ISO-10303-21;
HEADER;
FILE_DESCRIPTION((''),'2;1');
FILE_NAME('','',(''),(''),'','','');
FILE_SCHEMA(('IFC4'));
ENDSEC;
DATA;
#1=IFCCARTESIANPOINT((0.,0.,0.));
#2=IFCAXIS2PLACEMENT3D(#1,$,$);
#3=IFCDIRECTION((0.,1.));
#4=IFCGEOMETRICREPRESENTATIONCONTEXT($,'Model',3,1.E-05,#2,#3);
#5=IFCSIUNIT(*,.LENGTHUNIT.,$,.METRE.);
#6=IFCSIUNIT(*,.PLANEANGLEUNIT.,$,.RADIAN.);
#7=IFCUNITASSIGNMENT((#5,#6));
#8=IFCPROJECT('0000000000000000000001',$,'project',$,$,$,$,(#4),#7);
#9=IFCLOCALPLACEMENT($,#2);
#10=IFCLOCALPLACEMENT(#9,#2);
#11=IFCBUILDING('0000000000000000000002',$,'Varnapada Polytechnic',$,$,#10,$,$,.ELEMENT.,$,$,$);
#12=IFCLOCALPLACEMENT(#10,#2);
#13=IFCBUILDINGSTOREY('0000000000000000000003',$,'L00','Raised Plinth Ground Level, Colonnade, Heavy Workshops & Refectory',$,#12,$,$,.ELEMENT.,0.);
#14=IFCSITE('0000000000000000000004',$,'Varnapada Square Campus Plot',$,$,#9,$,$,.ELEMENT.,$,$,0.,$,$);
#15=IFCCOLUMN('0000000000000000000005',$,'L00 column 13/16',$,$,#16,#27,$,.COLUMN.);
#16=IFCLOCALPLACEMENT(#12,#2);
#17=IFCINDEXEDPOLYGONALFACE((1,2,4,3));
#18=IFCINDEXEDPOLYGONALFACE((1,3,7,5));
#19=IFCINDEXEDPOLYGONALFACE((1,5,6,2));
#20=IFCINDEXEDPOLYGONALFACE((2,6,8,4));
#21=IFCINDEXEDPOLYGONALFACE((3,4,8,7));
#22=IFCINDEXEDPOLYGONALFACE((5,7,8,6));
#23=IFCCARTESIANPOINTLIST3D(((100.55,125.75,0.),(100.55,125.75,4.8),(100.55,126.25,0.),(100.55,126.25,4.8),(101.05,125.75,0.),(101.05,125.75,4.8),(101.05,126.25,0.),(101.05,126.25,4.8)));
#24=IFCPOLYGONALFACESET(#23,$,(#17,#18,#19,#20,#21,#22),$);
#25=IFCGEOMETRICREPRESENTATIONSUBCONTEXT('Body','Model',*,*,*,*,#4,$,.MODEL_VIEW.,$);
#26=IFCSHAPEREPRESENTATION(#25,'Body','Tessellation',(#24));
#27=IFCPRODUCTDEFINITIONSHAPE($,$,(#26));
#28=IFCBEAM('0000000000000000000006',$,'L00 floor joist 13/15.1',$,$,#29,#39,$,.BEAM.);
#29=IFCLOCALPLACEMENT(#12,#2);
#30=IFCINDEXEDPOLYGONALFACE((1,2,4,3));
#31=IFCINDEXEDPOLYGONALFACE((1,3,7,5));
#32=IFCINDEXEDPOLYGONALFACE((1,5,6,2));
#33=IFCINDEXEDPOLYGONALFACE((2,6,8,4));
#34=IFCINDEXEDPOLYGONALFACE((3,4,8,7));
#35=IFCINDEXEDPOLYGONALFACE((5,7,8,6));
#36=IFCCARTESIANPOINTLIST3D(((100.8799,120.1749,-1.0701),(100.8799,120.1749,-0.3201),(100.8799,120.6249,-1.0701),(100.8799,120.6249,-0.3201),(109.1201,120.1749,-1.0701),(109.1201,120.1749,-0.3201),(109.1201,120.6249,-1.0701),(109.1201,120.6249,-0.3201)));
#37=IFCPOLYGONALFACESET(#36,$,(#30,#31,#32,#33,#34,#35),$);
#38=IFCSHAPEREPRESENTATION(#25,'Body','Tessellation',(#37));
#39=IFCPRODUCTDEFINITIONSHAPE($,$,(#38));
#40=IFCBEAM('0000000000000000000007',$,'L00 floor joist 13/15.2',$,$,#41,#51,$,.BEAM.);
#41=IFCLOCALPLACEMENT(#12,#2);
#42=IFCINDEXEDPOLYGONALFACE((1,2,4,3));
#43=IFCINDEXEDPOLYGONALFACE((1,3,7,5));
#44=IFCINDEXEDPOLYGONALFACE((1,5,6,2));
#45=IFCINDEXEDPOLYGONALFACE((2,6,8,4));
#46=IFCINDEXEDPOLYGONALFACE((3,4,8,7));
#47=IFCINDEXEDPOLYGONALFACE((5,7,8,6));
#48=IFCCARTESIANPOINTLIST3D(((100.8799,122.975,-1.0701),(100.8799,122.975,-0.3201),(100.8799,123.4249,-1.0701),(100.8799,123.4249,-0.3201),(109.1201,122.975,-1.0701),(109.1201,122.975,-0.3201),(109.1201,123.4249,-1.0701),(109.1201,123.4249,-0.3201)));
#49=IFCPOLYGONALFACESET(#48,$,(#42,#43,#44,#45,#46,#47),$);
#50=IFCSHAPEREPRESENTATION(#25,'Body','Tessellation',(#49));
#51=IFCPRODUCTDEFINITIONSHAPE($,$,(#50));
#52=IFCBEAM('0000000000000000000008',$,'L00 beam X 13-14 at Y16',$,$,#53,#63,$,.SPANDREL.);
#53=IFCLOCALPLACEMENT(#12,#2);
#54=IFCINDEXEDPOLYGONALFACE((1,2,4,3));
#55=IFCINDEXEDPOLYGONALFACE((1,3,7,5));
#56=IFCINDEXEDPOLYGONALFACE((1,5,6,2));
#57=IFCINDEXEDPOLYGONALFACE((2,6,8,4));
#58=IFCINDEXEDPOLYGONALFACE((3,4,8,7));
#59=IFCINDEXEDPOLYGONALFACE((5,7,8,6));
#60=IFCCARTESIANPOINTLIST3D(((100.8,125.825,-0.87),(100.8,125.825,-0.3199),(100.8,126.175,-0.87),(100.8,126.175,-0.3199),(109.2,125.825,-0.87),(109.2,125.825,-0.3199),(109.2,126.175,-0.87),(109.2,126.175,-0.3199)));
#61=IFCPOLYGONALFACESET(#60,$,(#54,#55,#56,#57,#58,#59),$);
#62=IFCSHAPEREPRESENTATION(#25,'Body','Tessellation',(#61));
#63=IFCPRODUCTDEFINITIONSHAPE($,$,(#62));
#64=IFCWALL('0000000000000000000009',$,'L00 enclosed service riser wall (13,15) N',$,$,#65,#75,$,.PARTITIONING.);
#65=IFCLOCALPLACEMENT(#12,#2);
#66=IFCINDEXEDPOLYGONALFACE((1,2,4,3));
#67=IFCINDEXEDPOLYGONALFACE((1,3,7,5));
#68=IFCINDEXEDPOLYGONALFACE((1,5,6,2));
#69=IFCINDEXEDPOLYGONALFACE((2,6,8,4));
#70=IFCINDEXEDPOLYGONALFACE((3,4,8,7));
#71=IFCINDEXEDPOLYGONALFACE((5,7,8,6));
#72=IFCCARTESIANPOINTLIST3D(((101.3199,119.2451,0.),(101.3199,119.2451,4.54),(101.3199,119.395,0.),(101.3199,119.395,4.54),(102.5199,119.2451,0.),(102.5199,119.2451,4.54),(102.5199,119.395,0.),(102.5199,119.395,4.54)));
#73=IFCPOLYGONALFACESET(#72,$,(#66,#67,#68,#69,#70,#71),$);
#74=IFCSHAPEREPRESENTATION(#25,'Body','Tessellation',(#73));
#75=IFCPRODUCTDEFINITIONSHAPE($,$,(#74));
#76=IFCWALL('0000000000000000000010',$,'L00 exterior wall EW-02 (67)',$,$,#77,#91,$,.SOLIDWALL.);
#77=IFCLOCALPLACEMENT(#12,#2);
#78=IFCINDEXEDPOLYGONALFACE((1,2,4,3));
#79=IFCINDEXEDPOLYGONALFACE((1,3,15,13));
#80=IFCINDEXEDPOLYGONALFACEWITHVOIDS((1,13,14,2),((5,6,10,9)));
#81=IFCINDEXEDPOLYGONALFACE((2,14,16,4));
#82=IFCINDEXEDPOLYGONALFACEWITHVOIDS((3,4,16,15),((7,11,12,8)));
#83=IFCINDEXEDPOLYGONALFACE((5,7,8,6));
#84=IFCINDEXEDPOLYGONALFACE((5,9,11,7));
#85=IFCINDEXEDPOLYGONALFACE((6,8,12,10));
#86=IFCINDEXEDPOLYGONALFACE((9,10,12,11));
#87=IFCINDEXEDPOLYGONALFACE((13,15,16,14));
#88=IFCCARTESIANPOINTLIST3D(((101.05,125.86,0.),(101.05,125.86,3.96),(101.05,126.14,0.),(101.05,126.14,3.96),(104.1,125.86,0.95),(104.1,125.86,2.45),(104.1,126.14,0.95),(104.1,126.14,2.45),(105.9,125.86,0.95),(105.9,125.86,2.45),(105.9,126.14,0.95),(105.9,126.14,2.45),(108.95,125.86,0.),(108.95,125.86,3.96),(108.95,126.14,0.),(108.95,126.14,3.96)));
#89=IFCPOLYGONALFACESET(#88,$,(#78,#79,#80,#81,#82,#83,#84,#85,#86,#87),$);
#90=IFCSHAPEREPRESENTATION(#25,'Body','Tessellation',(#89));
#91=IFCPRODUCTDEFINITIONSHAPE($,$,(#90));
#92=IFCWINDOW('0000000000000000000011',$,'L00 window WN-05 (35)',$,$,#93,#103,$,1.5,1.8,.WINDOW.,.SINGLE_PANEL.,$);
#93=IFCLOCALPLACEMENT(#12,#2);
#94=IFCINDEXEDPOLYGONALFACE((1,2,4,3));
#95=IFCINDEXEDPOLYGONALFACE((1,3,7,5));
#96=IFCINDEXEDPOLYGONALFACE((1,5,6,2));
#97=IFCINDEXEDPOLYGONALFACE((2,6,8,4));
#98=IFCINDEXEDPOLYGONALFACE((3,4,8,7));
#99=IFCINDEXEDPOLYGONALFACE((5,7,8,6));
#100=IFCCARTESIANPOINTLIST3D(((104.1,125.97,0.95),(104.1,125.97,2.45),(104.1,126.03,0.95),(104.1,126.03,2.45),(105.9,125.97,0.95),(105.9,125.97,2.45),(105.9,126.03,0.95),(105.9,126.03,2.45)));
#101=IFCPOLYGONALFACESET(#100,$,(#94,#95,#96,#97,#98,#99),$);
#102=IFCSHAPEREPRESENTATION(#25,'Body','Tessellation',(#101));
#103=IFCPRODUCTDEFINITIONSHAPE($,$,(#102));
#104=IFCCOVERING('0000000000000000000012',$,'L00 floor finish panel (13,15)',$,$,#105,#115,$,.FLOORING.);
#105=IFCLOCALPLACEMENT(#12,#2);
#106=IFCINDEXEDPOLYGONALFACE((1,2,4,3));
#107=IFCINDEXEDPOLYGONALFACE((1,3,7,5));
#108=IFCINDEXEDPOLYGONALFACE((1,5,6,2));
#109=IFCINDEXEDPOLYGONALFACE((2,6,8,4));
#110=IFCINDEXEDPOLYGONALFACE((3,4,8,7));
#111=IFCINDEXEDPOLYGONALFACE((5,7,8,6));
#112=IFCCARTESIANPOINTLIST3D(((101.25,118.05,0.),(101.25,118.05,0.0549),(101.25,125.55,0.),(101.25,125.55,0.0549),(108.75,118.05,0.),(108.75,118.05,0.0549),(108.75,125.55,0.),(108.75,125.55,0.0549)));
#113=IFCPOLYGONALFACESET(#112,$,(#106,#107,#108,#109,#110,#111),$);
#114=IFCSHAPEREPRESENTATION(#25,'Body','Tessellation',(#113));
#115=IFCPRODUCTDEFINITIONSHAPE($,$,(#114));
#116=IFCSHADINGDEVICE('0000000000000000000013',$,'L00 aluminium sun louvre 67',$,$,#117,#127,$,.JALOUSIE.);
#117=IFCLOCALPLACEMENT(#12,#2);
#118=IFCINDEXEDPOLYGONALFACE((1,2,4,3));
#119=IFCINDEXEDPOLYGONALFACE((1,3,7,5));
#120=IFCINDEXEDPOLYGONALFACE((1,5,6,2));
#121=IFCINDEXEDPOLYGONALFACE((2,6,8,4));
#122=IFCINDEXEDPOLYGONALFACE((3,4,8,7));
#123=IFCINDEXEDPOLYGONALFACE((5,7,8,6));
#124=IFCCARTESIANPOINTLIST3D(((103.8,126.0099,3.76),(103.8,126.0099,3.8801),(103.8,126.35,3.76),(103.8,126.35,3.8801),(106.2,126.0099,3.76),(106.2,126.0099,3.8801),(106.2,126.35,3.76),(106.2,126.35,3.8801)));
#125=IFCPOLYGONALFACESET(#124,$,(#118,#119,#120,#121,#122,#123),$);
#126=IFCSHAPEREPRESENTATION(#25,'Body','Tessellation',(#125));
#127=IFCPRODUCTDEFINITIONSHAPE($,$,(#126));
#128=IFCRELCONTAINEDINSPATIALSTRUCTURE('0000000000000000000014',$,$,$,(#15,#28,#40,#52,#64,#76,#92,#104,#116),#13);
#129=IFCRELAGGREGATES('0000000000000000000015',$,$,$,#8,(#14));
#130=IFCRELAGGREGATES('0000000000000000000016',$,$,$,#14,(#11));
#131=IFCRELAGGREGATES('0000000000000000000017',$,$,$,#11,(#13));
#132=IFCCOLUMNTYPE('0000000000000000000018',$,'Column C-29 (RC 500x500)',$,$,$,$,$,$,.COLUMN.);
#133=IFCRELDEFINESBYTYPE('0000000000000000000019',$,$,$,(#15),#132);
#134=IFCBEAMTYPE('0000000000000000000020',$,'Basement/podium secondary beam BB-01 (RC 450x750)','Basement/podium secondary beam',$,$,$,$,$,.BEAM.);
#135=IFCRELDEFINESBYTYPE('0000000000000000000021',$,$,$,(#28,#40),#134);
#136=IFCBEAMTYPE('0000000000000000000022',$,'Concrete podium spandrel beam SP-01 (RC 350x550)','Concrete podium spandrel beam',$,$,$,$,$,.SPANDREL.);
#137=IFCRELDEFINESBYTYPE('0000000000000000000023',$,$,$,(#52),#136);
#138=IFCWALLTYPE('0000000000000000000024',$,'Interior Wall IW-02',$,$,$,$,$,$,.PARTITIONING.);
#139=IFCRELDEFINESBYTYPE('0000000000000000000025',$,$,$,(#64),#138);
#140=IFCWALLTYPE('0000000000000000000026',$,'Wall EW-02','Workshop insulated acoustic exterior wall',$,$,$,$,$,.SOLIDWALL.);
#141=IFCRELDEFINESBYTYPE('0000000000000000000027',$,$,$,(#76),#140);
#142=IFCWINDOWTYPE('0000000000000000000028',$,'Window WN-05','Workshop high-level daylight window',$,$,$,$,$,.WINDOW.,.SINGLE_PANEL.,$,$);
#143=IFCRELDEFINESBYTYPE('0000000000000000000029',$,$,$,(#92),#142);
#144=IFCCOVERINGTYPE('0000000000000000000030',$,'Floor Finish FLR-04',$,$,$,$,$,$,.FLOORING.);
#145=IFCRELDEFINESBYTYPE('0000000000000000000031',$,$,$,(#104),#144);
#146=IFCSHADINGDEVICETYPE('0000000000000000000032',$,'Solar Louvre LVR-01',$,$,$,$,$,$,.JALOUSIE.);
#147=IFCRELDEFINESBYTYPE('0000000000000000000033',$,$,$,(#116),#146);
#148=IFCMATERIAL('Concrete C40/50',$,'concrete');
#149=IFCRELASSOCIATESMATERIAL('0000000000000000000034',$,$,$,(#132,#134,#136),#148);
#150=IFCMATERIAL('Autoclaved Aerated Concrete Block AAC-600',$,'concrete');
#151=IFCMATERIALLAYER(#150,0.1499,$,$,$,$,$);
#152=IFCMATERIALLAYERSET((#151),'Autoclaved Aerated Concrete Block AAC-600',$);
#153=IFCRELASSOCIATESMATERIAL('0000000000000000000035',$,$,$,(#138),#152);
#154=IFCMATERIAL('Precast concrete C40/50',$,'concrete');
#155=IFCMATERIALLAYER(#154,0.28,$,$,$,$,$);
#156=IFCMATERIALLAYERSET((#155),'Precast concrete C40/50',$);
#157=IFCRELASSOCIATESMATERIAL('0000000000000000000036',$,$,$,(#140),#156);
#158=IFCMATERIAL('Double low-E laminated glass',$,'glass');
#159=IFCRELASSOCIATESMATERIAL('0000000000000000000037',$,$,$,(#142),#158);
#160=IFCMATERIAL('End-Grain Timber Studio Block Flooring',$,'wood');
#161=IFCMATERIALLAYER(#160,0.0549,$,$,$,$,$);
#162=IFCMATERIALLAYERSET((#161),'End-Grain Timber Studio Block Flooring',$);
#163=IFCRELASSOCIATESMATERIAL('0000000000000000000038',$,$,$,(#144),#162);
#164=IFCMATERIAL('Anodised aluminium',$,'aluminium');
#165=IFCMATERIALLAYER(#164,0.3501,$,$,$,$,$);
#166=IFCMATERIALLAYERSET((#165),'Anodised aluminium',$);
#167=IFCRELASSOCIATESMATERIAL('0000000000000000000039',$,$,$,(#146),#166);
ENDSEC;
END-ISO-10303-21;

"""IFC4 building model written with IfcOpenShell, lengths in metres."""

from ifc_helpers import new_model, si_unit, direction, frame, frame_2d, origin, origin_2d, place, context, subcontext, project, spatial, rectangle, extrude, material, layer, layer_set, material_profile, profile_set, type_object, element, fill, save


model = new_model("IFC4")

# Units and contexts
model_context = context("Model", 3, precision=1e-05, world=origin(), true_north=direction((0.0, 1.0)))
body_context = subcontext(model_context, "Body", "Model", "MODEL_VIEW")
ifc_project = project(units=[si_unit("LENGTHUNIT", "METRE"), si_unit("PLANEANGLEUNIT", "RADIAN")], contexts=[model_context])

# Site, building, storey
site_placement = place(None, origin())
site = spatial("IfcSite", under=ifc_project, at=site_placement, Name="Varnapada Square Campus Plot", CompositionType="ELEMENT", RefElevation=0.0)
building_placement = place(site_placement, origin())
building = spatial("IfcBuilding", under=site, at=building_placement, Name="Varnapada Polytechnic", CompositionType="ELEMENT")
storey_placement = place(building_placement, origin())
storey = spatial("IfcBuildingStorey", under=building, at=storey_placement, Name="L00", Description="Raised Plinth Ground Level, Colonnade, Heavy Workshops & Refectory", CompositionType="ELEMENT", Elevation=0.0)

# Column
ifc_material_1 = material(Name="Concrete C40/50", Category="concrete")
ifc_material_profile_1 = material_profile(ifc_material_1, rectangle(XDim=0.5, YDim=0.5, at=origin_2d()), Name="RC 500x500")
ifc_profile_set_1 = profile_set([ifc_material_profile_1], Name="Concrete C40/50")
column_type = type_object("IfcColumnType", Name="Column C-29 (RC 500x500)", PredefinedType="COLUMN", material=ifc_profile_set_1)
column_placement = place(storey_placement, frame((100.8, 126.0, 0.0), z_axis=(0.0, 0.0, 1.0), x_axis=(1.0, 0.0, 0.0)))
element("IfcColumn", 1, at=column_placement, inside=storey, type_object=column_type, Name="L00 column 13/16", PredefinedType="COLUMN", context=body_context, shape_type="SweptSolid", body=[
    extrude(rectangle(XDim=0.5, YDim=0.5, at=origin_2d()), origin(), (0.0, 0.0, 1.0), 4.8),
])

# Beams
ifc_material_profile_2 = material_profile(ifc_material_1, rectangle(XDim=0.45, YDim=0.75, at=origin_2d()), Name="RC 450x750")
ifc_profile_set_2 = profile_set([ifc_material_profile_2], Name="Concrete C40/50")
beam_type_1 = type_object("IfcBeamType", Name="Basement/podium secondary beam BB-01 (RC 450x750)", Description="Basement/podium secondary beam", PredefinedType="BEAM", material=ifc_profile_set_2)
for number, where, z_axis, x_axis, name in (
    (2, (100.8799, 120.3999, -0.6951), (1.0, 0.0, 0.0), (0.0, 1.0, 0.0), "L00 floor joist 13/15.1"),
    (3, (100.8799, 123.2, -0.6951), (1.0, 0.0, 0.0), (0.0, 1.0, 0.0), "L00 floor joist 13/15.2"),
):
    element("IfcBeam", number, at=place(storey_placement, frame(where, z_axis=z_axis, x_axis=x_axis)), inside=storey, type_object=beam_type_1, Name=name, PredefinedType="BEAM", context=body_context, shape_type="SweptSolid", body=[
        extrude(rectangle(XDim=0.45, YDim=0.75, at=origin_2d()), origin(), (0.0, 0.0, 1.0), 8.2402),
    ])
ifc_material_profile_3 = material_profile(ifc_material_1, rectangle(XDim=0.3501, YDim=0.55, at=origin_2d()), Name="RC 350x550")
ifc_profile_set_3 = profile_set([ifc_material_profile_3], Name="Concrete C40/50")
beam_type_2 = type_object("IfcBeamType", Name="Concrete podium spandrel beam SP-01 (RC 350x550)", Description="Concrete podium spandrel beam", PredefinedType="SPANDREL", material=ifc_profile_set_3)
beam_placement = place(storey_placement, frame((100.8, 126.0, -0.595), z_axis=(1.0, 0.0, 0.0), x_axis=(0.0, 1.0, 0.0)))
element("IfcBeam", 4, at=beam_placement, inside=storey, type_object=beam_type_2, Name="L00 beam X 13-14 at Y16", PredefinedType="SPANDREL", context=body_context, shape_type="SweptSolid", body=[
    extrude(rectangle(XDim=0.3501, YDim=0.55, at=origin_2d()), origin(), (0.0, 0.0, 1.0), 8.3999),
])

# Wall
ifc_material_2 = material(Name="Autoclaved Aerated Concrete Block AAC-600", Category="concrete")
ifc_layer_1 = layer(ifc_material_2, 0.1499)
ifc_layer_set_1 = layer_set([ifc_layer_1], Name="Autoclaved Aerated Concrete Block AAC-600")
wall_type_1 = type_object("IfcWallType", Name="Interior Wall IW-02", PredefinedType="PARTITIONING", material=ifc_layer_set_1)
wall_1_placement = place(storey_placement, frame((102.52, 119.3201, 0.0), z_axis=(0.0, 0.0, 1.0), x_axis=(-1.0, 0.0, 0.0)))
element("IfcWall", 5, at=wall_1_placement, inside=storey, type_object=wall_type_1, Name="L00 enclosed service riser wall (13,15) N", PredefinedType="PARTITIONING", context=body_context, shape_type="SweptSolid", body=[
    extrude(rectangle(XDim=1.2, YDim=0.1499, at=frame_2d((0.6001, 0.0))), origin(), (0.0, 0.0, 1.0), 4.54),
])

# Wall, opening, window
ifc_material_3 = material(Name="Precast concrete C40/50", Category="concrete")
ifc_layer_2 = layer(ifc_material_3, 0.28)
ifc_layer_set_2 = layer_set([ifc_layer_2], Name="Precast concrete C40/50")
wall_type_2 = type_object("IfcWallType", Name="Wall EW-02", Description="Workshop insulated acoustic exterior wall", PredefinedType="SOLIDWALL", material=ifc_layer_set_2)
wall_2_placement = place(storey_placement, frame((101.05, 126.0, 0.0), z_axis=(0.0, 0.0, 1.0), x_axis=(1.0, 0.0, 0.0)))
wall_2 = element("IfcWall", 6, at=wall_2_placement, inside=storey, type_object=wall_type_2, Name="L00 exterior wall EW-02 (67)", PredefinedType="SOLIDWALL", context=body_context, shape_type="SweptSolid", body=[
    extrude(rectangle(XDim=7.8999, YDim=0.28, at=frame_2d((3.95, 0.0))), origin(), (0.0, 0.0, 1.0), 3.96),
])
opening_1_placement = place(wall_2_placement, frame((3.05, 0.0, 0.95)))
opening_1 = element("IfcOpeningElement", 7, at=opening_1_placement, cuts=wall_2, PredefinedType="OPENING", context=body_context, shape_type="SweptSolid", body=[
    extrude(rectangle(XDim=1.8, YDim=1.5, at=frame_2d((0.8999, 0.75))), frame((0.0, 0.1499, 0.0), z_axis=(0.0, -1.0, 0.0), x_axis=(1.0, 0.0, 0.0)), (0.0, 0.0, 1.0), 0.3),
])
ifc_material_4 = material(Name="Double low-E laminated glass", Category="glass")
window_type = type_object("IfcWindowType", Name="Window WN-05", Description="Workshop high-level daylight window", PartitioningType="SINGLE_PANEL", PredefinedType="WINDOW", material=ifc_material_4)
window_placement = place(opening_1_placement, origin())
window = element("IfcWindow", 8, at=window_placement, inside=storey, type_object=window_type, Name="L00 window WN-05 (35)", OverallHeight=1.5, OverallWidth=1.8, PartitioningType="SINGLE_PANEL", PredefinedType="WINDOW", context=body_context, shape_type="SweptSolid", body=[
    extrude(rectangle(XDim=1.8, YDim=1.5, at=frame_2d((0.8999, 0.75))), frame((0.0, 0.03, 0.0), z_axis=(0.0, -1.0, 0.0), x_axis=(1.0, 0.0, 0.0)), (0.0, 0.0, 1.0), 0.0601),
])
fill(opening_1, window)

# Covering
ifc_material_5 = material(Name="End-Grain Timber Studio Block Flooring", Category="wood")
ifc_layer_3 = layer(ifc_material_5, 0.0549)
ifc_layer_set_3 = layer_set([ifc_layer_3], Name="End-Grain Timber Studio Block Flooring")
covering_type_1 = type_object("IfcCoveringType", Name="Floor Finish FLR-04", PredefinedType="FLOORING", material=ifc_layer_set_3)
covering_1_placement = place(storey_placement, frame((105.0, 121.8, 0.0), z_axis=(0.0, 0.0, 1.0), x_axis=(1.0, 0.0, 0.0)))
element("IfcCovering", 9, at=covering_1_placement, inside=storey, type_object=covering_type_1, Name="L00 floor finish panel (13,15)", PredefinedType="FLOORING", context=body_context, shape_type="SweptSolid", body=[
    extrude(rectangle(XDim=7.5, YDim=7.5, at=origin_2d()), origin(), (0.0, 0.0, 1.0), 0.0549),
])

# Shading device
ifc_material_6 = material(Name="Anodised aluminium", Category="aluminium")
ifc_layer_4 = layer(ifc_material_6, 0.3501)
ifc_layer_set_4 = layer_set([ifc_layer_4], Name="Anodised aluminium")
shading_device_type_1 = type_object("IfcShadingDeviceType", Name="Solar Louvre LVR-01", PredefinedType="JALOUSIE", material=ifc_layer_set_4)
shading_device_1_placement = place(storey_placement, frame((105.0, 126.1799, 3.76), z_axis=(0.0, 0.0, 1.0), x_axis=(1.0, 0.0, 0.0)))
element("IfcShadingDevice", 10, at=shading_device_1_placement, inside=storey, type_object=shading_device_type_1, Name="L00 aluminium sun louvre 67", PredefinedType="JALOUSIE", context=body_context, shape_type="SweptSolid", body=[
    extrude(rectangle(XDim=2.3999, YDim=0.3401, at=origin_2d()), origin(), (0.0, 0.0, 1.0), 0.1201),
])

save(model, "model.ifc")
